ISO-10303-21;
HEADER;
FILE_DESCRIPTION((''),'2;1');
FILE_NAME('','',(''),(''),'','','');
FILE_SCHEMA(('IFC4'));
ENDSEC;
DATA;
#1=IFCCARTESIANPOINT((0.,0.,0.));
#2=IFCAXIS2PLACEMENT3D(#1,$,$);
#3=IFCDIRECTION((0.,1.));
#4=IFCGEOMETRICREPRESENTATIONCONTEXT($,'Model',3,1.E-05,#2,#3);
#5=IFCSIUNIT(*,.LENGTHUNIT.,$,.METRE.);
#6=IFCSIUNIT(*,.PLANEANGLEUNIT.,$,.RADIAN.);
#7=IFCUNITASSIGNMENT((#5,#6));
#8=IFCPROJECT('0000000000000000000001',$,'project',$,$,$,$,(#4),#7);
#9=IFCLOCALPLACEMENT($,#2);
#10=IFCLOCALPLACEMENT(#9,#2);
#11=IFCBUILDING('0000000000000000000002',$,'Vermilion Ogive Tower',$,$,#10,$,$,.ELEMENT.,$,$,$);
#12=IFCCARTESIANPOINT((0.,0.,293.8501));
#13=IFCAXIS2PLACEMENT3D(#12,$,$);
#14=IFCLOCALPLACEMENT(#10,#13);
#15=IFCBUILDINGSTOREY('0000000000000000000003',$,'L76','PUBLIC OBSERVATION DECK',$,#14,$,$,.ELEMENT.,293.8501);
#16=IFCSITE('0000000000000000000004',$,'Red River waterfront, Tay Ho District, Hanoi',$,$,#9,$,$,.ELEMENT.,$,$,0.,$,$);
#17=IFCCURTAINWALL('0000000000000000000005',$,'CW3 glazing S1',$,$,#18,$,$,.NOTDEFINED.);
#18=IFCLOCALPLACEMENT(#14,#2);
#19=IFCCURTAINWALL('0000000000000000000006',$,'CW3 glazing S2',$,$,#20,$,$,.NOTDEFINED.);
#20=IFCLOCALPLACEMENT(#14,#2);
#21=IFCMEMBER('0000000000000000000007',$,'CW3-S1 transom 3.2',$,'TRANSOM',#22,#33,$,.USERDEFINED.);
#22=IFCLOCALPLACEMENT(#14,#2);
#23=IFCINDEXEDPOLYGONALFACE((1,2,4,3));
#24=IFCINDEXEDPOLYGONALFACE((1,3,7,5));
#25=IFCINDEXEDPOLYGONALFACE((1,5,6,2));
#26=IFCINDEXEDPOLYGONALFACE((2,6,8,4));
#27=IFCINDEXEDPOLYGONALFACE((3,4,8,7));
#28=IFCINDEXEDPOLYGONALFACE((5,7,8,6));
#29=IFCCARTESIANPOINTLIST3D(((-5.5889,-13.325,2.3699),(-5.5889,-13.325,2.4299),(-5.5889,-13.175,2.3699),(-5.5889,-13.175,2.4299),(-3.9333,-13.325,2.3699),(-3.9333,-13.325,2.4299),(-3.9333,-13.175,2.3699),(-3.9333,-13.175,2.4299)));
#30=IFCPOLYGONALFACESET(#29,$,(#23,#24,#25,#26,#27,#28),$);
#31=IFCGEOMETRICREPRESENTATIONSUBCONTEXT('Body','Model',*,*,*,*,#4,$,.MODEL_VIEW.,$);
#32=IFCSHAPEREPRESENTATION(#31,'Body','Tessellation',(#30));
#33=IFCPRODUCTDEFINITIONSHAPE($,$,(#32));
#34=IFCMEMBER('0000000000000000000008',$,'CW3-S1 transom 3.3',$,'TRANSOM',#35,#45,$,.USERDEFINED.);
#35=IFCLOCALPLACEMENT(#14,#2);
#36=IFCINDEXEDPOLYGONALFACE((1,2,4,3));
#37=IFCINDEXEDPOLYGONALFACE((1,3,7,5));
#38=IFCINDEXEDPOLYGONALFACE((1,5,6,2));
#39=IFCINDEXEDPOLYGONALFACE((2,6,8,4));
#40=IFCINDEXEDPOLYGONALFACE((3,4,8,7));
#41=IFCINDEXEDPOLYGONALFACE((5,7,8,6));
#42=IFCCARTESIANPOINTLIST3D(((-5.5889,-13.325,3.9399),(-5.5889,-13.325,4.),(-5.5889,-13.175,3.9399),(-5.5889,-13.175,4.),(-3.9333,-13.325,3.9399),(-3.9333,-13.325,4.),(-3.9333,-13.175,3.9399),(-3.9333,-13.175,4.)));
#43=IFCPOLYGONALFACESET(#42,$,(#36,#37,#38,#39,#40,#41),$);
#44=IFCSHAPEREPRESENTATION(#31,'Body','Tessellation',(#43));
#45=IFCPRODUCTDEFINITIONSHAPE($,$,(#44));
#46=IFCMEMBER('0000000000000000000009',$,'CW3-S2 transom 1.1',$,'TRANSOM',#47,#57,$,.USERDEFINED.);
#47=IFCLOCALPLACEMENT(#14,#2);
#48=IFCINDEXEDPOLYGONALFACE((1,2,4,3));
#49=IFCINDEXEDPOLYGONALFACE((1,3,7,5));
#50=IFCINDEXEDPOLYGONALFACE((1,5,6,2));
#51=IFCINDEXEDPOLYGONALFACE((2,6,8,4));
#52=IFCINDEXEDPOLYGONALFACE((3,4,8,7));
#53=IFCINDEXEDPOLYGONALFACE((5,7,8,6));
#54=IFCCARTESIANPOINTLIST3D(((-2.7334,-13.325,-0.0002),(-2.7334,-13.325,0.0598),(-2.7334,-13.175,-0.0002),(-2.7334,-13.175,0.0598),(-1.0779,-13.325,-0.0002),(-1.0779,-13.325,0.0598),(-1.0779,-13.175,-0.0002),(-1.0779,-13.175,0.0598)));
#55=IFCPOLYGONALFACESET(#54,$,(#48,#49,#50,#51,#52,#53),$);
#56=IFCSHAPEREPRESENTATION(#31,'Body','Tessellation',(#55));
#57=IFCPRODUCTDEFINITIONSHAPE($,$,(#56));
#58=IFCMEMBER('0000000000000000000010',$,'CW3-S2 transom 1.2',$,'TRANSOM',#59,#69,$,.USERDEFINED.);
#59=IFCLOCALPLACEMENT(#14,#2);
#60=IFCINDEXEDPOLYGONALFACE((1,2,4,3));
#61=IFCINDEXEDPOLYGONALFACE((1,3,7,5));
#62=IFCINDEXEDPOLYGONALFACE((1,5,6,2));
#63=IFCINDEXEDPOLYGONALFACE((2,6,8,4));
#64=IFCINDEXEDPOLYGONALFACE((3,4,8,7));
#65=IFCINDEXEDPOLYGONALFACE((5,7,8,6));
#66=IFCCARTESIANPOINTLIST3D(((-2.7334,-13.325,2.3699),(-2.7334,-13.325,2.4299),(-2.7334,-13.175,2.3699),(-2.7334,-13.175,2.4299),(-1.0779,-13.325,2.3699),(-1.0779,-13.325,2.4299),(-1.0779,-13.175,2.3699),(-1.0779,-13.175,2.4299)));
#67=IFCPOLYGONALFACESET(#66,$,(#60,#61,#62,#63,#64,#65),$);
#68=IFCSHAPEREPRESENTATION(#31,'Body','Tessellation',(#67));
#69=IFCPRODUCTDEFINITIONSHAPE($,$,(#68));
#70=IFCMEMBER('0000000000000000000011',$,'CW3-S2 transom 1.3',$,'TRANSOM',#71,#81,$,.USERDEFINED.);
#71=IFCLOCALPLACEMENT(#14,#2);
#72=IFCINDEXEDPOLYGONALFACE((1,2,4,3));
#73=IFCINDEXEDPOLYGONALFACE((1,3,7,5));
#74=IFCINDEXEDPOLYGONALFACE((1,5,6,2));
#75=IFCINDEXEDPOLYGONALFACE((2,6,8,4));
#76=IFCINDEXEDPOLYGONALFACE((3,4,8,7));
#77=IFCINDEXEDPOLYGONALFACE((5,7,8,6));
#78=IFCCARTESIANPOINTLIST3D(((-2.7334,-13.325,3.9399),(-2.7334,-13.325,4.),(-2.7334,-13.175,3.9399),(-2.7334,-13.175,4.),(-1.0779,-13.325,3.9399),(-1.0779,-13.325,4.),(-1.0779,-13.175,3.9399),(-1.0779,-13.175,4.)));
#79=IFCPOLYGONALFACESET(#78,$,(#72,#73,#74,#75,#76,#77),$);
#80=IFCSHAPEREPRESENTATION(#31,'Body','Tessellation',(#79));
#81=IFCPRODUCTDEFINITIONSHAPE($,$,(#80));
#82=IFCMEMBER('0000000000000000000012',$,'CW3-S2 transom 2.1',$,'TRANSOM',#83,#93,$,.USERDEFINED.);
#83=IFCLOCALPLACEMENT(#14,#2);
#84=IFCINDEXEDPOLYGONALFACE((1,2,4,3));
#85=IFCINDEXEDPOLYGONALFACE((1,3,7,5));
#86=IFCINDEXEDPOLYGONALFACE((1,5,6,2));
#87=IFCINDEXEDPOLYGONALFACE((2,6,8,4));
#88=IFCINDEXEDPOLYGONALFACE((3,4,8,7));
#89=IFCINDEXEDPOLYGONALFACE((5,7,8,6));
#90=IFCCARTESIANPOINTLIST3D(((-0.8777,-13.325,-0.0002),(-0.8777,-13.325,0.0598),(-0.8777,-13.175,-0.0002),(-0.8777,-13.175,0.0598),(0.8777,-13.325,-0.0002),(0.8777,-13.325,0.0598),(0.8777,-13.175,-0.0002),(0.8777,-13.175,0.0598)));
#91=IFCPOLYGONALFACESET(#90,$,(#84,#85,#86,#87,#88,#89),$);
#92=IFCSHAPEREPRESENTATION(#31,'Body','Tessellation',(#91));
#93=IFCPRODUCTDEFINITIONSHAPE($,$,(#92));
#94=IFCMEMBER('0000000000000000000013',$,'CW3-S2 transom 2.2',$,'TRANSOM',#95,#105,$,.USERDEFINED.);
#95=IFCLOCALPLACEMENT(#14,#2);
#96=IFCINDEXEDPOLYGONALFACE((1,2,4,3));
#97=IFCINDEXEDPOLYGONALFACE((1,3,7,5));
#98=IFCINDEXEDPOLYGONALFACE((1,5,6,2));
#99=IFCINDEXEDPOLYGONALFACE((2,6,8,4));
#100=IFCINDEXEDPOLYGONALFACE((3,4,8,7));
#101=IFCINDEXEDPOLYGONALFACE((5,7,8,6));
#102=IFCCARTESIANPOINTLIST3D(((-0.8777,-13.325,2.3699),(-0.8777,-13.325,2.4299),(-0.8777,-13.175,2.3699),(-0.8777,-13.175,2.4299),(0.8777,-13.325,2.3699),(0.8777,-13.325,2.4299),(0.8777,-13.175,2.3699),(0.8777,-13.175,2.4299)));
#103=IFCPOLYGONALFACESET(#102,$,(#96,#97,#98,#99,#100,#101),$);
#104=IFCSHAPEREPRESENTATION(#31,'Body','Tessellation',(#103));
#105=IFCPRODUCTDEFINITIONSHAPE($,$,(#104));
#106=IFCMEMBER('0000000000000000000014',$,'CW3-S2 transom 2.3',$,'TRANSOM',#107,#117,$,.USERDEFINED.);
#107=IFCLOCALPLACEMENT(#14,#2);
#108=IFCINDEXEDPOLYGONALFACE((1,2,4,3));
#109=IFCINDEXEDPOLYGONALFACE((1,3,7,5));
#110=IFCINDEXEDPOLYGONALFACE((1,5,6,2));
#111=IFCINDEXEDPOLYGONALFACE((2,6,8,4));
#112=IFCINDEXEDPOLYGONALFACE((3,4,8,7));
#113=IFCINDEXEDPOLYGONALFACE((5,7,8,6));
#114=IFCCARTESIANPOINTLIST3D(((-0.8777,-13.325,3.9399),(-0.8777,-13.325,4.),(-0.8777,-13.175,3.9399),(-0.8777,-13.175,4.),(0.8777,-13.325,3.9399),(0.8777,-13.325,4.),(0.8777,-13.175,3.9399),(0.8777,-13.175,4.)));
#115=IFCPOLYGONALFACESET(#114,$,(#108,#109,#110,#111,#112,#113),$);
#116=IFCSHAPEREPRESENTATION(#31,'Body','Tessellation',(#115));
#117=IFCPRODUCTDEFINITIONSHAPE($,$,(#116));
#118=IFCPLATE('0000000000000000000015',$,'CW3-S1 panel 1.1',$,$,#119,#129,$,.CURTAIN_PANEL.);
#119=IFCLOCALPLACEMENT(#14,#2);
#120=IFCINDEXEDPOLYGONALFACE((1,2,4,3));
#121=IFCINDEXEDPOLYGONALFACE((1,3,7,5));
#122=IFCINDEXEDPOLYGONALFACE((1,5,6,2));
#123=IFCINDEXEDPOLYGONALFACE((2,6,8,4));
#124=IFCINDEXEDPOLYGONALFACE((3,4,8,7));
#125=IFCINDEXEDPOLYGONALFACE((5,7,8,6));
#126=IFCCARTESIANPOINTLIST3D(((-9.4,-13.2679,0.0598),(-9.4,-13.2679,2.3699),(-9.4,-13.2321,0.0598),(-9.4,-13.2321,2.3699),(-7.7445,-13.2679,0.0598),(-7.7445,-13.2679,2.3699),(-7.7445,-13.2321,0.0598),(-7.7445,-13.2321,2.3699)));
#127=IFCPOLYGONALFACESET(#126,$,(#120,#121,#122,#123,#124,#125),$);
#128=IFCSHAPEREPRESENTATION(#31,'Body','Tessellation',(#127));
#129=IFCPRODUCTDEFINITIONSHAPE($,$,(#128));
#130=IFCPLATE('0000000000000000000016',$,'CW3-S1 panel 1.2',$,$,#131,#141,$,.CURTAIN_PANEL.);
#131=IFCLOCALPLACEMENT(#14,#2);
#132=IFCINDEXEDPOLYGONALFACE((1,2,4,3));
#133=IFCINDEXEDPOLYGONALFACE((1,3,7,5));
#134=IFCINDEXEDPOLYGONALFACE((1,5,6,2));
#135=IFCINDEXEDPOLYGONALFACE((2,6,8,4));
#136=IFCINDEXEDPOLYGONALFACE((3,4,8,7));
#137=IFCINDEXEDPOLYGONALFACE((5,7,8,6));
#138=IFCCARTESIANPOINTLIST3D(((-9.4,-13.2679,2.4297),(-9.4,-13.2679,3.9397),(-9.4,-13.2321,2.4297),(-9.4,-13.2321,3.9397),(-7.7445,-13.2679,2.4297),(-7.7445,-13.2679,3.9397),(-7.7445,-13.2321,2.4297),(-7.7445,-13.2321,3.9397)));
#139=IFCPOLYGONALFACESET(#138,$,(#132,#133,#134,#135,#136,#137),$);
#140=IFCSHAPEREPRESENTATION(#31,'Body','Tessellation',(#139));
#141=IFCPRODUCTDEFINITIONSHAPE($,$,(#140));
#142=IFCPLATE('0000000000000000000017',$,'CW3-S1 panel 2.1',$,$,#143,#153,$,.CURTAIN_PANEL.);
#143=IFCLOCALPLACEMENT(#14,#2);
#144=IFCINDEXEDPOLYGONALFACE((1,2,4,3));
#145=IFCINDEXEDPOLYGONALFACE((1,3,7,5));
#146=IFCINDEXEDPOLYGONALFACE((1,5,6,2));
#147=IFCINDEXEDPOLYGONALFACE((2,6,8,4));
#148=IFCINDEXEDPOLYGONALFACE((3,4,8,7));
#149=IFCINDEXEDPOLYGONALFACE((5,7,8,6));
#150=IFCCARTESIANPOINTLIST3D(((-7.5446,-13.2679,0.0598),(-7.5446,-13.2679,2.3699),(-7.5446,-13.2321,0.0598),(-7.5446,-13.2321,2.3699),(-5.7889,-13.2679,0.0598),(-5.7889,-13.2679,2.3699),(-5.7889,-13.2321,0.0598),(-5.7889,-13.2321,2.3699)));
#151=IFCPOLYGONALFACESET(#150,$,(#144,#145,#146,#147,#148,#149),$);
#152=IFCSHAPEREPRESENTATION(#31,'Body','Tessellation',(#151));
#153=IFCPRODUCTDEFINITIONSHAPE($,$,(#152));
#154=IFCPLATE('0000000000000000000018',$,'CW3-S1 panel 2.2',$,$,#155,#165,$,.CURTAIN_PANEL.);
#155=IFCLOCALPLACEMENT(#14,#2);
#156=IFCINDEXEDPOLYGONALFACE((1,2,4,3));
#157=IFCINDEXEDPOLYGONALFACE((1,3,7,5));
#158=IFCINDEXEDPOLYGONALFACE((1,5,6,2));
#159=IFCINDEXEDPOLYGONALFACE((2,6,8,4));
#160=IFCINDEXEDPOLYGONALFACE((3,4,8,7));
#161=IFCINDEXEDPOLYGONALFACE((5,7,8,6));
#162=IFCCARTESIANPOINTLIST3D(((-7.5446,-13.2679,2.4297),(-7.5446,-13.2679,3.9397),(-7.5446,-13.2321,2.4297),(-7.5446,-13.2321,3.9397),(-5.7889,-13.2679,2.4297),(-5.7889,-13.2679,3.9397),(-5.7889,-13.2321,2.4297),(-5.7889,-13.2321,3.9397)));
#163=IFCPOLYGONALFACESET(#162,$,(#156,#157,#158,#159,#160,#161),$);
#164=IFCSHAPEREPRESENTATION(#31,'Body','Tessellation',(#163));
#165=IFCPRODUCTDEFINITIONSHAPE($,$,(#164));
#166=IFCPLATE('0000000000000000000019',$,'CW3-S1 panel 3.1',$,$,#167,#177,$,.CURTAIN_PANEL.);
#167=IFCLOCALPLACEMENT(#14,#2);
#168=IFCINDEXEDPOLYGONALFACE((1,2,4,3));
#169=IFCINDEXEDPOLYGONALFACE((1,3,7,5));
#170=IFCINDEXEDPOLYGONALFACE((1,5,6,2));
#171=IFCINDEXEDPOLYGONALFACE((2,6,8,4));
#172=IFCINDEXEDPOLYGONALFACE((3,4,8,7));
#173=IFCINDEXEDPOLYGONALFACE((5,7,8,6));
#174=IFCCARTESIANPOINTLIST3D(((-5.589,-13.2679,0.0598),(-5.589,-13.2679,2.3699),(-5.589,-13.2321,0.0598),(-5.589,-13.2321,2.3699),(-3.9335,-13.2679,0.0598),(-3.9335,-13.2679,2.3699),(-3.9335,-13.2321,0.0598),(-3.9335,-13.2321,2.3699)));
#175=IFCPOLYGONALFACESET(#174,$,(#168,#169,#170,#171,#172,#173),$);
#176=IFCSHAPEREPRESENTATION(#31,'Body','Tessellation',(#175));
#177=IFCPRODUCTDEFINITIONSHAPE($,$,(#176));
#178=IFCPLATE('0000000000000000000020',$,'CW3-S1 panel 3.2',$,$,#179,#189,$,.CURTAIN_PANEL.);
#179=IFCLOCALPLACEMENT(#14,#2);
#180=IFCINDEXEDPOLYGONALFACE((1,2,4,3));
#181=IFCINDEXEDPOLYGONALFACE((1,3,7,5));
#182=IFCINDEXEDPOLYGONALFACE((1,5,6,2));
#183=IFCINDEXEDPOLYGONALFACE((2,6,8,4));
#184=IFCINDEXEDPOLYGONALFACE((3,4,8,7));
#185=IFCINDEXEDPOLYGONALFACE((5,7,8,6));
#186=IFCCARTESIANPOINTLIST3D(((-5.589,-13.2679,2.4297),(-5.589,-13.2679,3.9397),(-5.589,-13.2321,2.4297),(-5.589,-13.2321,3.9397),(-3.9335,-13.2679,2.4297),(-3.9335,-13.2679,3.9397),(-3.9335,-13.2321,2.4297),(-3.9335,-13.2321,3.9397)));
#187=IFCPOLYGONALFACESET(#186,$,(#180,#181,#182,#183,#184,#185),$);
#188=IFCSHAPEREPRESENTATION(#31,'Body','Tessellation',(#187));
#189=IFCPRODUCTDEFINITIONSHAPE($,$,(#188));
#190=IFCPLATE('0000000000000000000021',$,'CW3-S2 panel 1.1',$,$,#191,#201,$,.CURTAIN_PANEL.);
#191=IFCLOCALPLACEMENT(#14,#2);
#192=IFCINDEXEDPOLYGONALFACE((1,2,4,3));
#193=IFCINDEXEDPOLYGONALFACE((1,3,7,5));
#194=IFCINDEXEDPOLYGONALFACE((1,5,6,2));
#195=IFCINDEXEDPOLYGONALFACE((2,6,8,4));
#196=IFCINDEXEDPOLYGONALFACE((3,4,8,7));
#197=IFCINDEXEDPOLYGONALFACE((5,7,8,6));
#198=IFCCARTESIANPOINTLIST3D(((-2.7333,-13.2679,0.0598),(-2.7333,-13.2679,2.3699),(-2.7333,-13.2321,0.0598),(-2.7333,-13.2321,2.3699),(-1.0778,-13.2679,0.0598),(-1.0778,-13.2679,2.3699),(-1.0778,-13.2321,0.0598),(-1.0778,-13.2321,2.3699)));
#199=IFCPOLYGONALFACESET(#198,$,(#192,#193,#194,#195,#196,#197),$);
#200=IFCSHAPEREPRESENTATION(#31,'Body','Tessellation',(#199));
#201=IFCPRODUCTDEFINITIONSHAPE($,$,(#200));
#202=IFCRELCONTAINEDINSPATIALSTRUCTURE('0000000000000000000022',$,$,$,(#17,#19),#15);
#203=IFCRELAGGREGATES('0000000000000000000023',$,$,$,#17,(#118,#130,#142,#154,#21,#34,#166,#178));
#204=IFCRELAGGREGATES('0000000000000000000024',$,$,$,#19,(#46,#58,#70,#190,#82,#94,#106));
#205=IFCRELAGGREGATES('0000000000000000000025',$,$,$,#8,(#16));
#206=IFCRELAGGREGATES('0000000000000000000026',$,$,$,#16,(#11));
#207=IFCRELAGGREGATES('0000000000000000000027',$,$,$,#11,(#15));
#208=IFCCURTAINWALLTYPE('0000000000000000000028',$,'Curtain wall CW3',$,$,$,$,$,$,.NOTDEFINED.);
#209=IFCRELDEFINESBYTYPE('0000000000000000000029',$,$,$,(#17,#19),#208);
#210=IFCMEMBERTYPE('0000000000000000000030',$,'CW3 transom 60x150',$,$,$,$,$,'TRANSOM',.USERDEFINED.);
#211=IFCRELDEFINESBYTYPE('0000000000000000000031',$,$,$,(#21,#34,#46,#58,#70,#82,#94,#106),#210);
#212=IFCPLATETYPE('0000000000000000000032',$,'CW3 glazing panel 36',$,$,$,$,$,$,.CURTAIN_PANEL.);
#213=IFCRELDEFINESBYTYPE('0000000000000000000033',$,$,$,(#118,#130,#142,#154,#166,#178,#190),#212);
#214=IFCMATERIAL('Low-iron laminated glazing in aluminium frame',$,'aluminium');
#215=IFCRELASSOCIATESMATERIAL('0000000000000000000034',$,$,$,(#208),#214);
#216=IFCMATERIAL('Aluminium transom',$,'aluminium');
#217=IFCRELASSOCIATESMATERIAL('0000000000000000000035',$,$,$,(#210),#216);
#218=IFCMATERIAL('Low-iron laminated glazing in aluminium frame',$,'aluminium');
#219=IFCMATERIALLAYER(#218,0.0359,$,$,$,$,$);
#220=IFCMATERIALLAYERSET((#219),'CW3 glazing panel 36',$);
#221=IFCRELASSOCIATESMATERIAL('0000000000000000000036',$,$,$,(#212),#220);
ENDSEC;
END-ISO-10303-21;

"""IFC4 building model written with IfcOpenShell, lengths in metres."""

from ifc_helpers import new_model, si_unit, direction, frame, origin, origin_2d, place, context, subcontext, project, spatial, rectangle, extrude, material, layer, layer_set, material_profile, profile_set, type_object, element, aggregate, save


model = new_model("IFC4")

# Units and contexts
model_context = context("Model", 3, precision=1e-05, world=origin(), true_north=direction((0.0, 1.0)))
body_context = subcontext(model_context, "Body", "Model", "MODEL_VIEW")
ifc_project = project(units=[si_unit("LENGTHUNIT", "METRE"), si_unit("PLANEANGLEUNIT", "RADIAN")], contexts=[model_context])

# Site, building, storey
site_placement = place(None, origin())
site = spatial("IfcSite", under=ifc_project, at=site_placement, Name="Red River waterfront, Tay Ho District, Hanoi", CompositionType="ELEMENT", RefElevation=0.0)
building_placement = place(site_placement, origin())
building = spatial("IfcBuilding", under=site, at=building_placement, Name="Vermilion Ogive Tower", CompositionType="ELEMENT")
storey_placement = place(building_placement, frame((0.0, 0.0, 293.8501)))
storey = spatial("IfcBuildingStorey", under=building, at=storey_placement, Name="L76", Description="PUBLIC OBSERVATION DECK", CompositionType="ELEMENT", Elevation=293.8501)

# Curtain walls
ifc_material_1 = material(Name="Low-iron laminated glazing in aluminium frame", Category="aluminium")
curtain_wall_type = type_object("IfcCurtainWallType", Name="Curtain wall CW3", PredefinedType="NOTDEFINED", material=ifc_material_1)
curtain_wall_1_placement = place(storey_placement, origin())
curtain_wall_1 = element("IfcCurtainWall", 1, at=curtain_wall_1_placement, inside=storey, type_object=curtain_wall_type, Name="CW3 glazing S1", PredefinedType="NOTDEFINED")
curtain_wall_2_placement = place(storey_placement, origin())
curtain_wall_2 = element("IfcCurtainWall", 2, at=curtain_wall_2_placement, inside=storey, type_object=curtain_wall_type, Name="CW3 glazing S2", PredefinedType="NOTDEFINED")

# Members
ifc_material_2 = material(Name="Aluminium transom", Category="aluminium")
ifc_material_profile_1 = material_profile(ifc_material_2, rectangle(XDim=0.1499, YDim=0.0601, at=origin_2d()), Name="AL 60x150")
ifc_profile_set_1 = profile_set([ifc_material_profile_1], Name="Aluminium transom")
member_type_1 = type_object("IfcMemberType", Name="CW3 transom 60x150", ElementType="TRANSOM", PredefinedType="USERDEFINED", material=ifc_profile_set_1)
member_1_placement = place(storey_placement, frame((-5.5889, -13.25, 2.3999), z_axis=(1.0, 0.0, 0.0), x_axis=(0.0, 1.0, 0.0)))
member_1 = element("IfcMember", 3, at=member_1_placement, type_object=member_type_1, Name="CW3-S1 transom 3.2", ObjectType="TRANSOM", PredefinedType="USERDEFINED", context=body_context, shape_type="SweptSolid", body=[
    extrude(rectangle(XDim=0.1499, YDim=0.0601, at=origin_2d()), origin(), (0.0, 0.0, 1.0), 1.6555),
])
member_2_placement = place(storey_placement, frame((-5.5889, -13.25, 3.97), z_axis=(1.0, 0.0, 0.0), x_axis=(0.0, 1.0, 0.0)))
member_2 = element("IfcMember", 4, at=member_2_placement, type_object=member_type_1, Name="CW3-S1 transom 3.3", ObjectType="TRANSOM", PredefinedType="USERDEFINED", context=body_context, shape_type="SweptSolid", body=[
    extrude(rectangle(XDim=0.1499, YDim=0.0601, at=origin_2d()), origin(), (0.0, 0.0, 1.0), 1.6555),
])
member_3_placement = place(storey_placement, frame((-2.7334, -13.25, 0.0298), z_axis=(1.0, 0.0, 0.0), x_axis=(0.0, 1.0, 0.0)))
member_3 = element("IfcMember", 5, at=member_3_placement, type_object=member_type_1, Name="CW3-S2 transom 1.1", ObjectType="TRANSOM", PredefinedType="USERDEFINED", context=body_context, shape_type="SweptSolid", body=[
    extrude(rectangle(XDim=0.1499, YDim=0.0601, at=origin_2d()), origin(), (0.0, 0.0, 1.0), 1.6555),
])
member_4_placement = place(storey_placement, frame((-2.7334, -13.25, 2.3999), z_axis=(1.0, 0.0, 0.0), x_axis=(0.0, 1.0, 0.0)))
member_4 = element("IfcMember", 6, at=member_4_placement, type_object=member_type_1, Name="CW3-S2 transom 1.2", ObjectType="TRANSOM", PredefinedType="USERDEFINED", context=body_context, shape_type="SweptSolid", body=[
    extrude(rectangle(XDim=0.1499, YDim=0.0601, at=origin_2d()), origin(), (0.0, 0.0, 1.0), 1.6555),
])
member_5_placement = place(storey_placement, frame((-2.7334, -13.25, 3.97), z_axis=(1.0, 0.0, 0.0), x_axis=(0.0, 1.0, 0.0)))
member_5 = element("IfcMember", 7, at=member_5_placement, type_object=member_type_1, Name="CW3-S2 transom 1.3", ObjectType="TRANSOM", PredefinedType="USERDEFINED", context=body_context, shape_type="SweptSolid", body=[
    extrude(rectangle(XDim=0.1499, YDim=0.0601, at=origin_2d()), origin(), (0.0, 0.0, 1.0), 1.6555),
])
member_6_placement = place(storey_placement, frame((-0.8777, -13.25, 0.0298), z_axis=(1.0, 0.0, 0.0), x_axis=(0.0, 1.0, 0.0)))
member_6 = element("IfcMember", 8, at=member_6_placement, type_object=member_type_1, Name="CW3-S2 transom 2.1", ObjectType="TRANSOM", PredefinedType="USERDEFINED", context=body_context, shape_type="SweptSolid", body=[
    extrude(rectangle(XDim=0.1499, YDim=0.0601, at=origin_2d()), origin(), (0.0, 0.0, 1.0), 1.7554),
])
member_7_placement = place(storey_placement, frame((-0.8777, -13.25, 2.3999), z_axis=(1.0, 0.0, 0.0), x_axis=(0.0, 1.0, 0.0)))
member_7 = element("IfcMember", 9, at=member_7_placement, type_object=member_type_1, Name="CW3-S2 transom 2.2", ObjectType="TRANSOM", PredefinedType="USERDEFINED", context=body_context, shape_type="SweptSolid", body=[
    extrude(rectangle(XDim=0.1499, YDim=0.0601, at=origin_2d()), origin(), (0.0, 0.0, 1.0), 1.7554),
])
member_8_placement = place(storey_placement, frame((-0.8777, -13.25, 3.97), z_axis=(1.0, 0.0, 0.0), x_axis=(0.0, 1.0, 0.0)))
member_8 = element("IfcMember", 10, at=member_8_placement, type_object=member_type_1, Name="CW3-S2 transom 2.3", ObjectType="TRANSOM", PredefinedType="USERDEFINED", context=body_context, shape_type="SweptSolid", body=[
    extrude(rectangle(XDim=0.1499, YDim=0.0601, at=origin_2d()), origin(), (0.0, 0.0, 1.0), 1.7554),
])

# Plates
ifc_material_3 = material(Name="Low-iron laminated glazing in aluminium frame", Category="aluminium")
ifc_layer_1 = layer(ifc_material_3, 0.0359)
ifc_layer_set_1 = layer_set([ifc_layer_1], Name="CW3 glazing panel 36")
plate_type = type_object("IfcPlateType", Name="CW3 glazing panel 36", PredefinedType="CURTAIN_PANEL", material=ifc_layer_set_1)
plate_1_placement = place(storey_placement, frame((-8.5723, -13.25, 0.0598), z_axis=(0.0, 0.0, 1.0), x_axis=(1.0, 0.0, 0.0)))
plate_1 = element("IfcPlate", 11, at=plate_1_placement, type_object=plate_type, Name="CW3-S1 panel 1.1", PredefinedType="CURTAIN_PANEL", context=body_context, shape_type="SweptSolid", body=[
    extrude(rectangle(XDim=1.6555, YDim=0.0359, at=origin_2d()), origin(), (0.0, 0.0, 1.0), 2.3101),
])
plate_2_placement = place(storey_placement, frame((-8.5723, -13.25, 2.4297), z_axis=(0.0, 0.0, 1.0), x_axis=(1.0, 0.0, 0.0)))
plate_2 = element("IfcPlate", 12, at=plate_2_placement, type_object=plate_type, Name="CW3-S1 panel 1.2", PredefinedType="CURTAIN_PANEL", context=body_context, shape_type="SweptSolid", body=[
    extrude(rectangle(XDim=1.6555, YDim=0.0359, at=origin_2d()), origin(), (0.0, 0.0, 1.0), 1.51),
])
plate_3_placement = place(storey_placement, frame((-6.6667, -13.25, 0.0598), z_axis=(0.0, 0.0, 1.0), x_axis=(1.0, 0.0, 0.0)))
plate_3 = element("IfcPlate", 13, at=plate_3_placement, type_object=plate_type, Name="CW3-S1 panel 2.1", PredefinedType="CURTAIN_PANEL", context=body_context, shape_type="SweptSolid", body=[
    extrude(rectangle(XDim=1.7556, YDim=0.0359, at=origin_2d()), origin(), (0.0, 0.0, 1.0), 2.3101),
])
plate_4_placement = place(storey_placement, frame((-6.6667, -13.25, 2.4297), z_axis=(0.0, 0.0, 1.0), x_axis=(1.0, 0.0, 0.0)))
plate_4 = element("IfcPlate", 14, at=plate_4_placement, type_object=plate_type, Name="CW3-S1 panel 2.2", PredefinedType="CURTAIN_PANEL", context=body_context, shape_type="SweptSolid", body=[
    extrude(rectangle(XDim=1.7556, YDim=0.0359, at=origin_2d()), origin(), (0.0, 0.0, 1.0), 1.51),
])
plate_5_placement = place(storey_placement, frame((-4.7612, -13.25, 0.0598), z_axis=(0.0, 0.0, 1.0), x_axis=(1.0, 0.0, 0.0)))
plate_5 = element("IfcPlate", 15, at=plate_5_placement, type_object=plate_type, Name="CW3-S1 panel 3.1", PredefinedType="CURTAIN_PANEL", context=body_context, shape_type="SweptSolid", body=[
    extrude(rectangle(XDim=1.6555, YDim=0.0359, at=origin_2d()), origin(), (0.0, 0.0, 1.0), 2.3101),
])
plate_6_placement = place(storey_placement, frame((-4.7612, -13.25, 2.4297), z_axis=(0.0, 0.0, 1.0), x_axis=(1.0, 0.0, 0.0)))
plate_6 = element("IfcPlate", 16, at=plate_6_placement, type_object=plate_type, Name="CW3-S1 panel 3.2", PredefinedType="CURTAIN_PANEL", context=body_context, shape_type="SweptSolid", body=[
    extrude(rectangle(XDim=1.6555, YDim=0.0359, at=origin_2d()), origin(), (0.0, 0.0, 1.0), 1.51),
])
aggregate(curtain_wall_1, [plate_1, plate_2, plate_3, plate_4, member_1, member_2, plate_5, plate_6])
plate_7_placement = place(storey_placement, frame((-1.9055, -13.25, 0.0598), z_axis=(0.0, 0.0, 1.0), x_axis=(1.0, 0.0, 0.0)))
plate_7 = element("IfcPlate", 17, at=plate_7_placement, type_object=plate_type, Name="CW3-S2 panel 1.1", PredefinedType="CURTAIN_PANEL", context=body_context, shape_type="SweptSolid", body=[
    extrude(rectangle(XDim=1.6555, YDim=0.0359, at=origin_2d()), origin(), (0.0, 0.0, 1.0), 2.3101),
])
aggregate(curtain_wall_2, [member_3, member_4, member_5, plate_7, member_6, member_7, member_8])

save(model, "model.ifc")
